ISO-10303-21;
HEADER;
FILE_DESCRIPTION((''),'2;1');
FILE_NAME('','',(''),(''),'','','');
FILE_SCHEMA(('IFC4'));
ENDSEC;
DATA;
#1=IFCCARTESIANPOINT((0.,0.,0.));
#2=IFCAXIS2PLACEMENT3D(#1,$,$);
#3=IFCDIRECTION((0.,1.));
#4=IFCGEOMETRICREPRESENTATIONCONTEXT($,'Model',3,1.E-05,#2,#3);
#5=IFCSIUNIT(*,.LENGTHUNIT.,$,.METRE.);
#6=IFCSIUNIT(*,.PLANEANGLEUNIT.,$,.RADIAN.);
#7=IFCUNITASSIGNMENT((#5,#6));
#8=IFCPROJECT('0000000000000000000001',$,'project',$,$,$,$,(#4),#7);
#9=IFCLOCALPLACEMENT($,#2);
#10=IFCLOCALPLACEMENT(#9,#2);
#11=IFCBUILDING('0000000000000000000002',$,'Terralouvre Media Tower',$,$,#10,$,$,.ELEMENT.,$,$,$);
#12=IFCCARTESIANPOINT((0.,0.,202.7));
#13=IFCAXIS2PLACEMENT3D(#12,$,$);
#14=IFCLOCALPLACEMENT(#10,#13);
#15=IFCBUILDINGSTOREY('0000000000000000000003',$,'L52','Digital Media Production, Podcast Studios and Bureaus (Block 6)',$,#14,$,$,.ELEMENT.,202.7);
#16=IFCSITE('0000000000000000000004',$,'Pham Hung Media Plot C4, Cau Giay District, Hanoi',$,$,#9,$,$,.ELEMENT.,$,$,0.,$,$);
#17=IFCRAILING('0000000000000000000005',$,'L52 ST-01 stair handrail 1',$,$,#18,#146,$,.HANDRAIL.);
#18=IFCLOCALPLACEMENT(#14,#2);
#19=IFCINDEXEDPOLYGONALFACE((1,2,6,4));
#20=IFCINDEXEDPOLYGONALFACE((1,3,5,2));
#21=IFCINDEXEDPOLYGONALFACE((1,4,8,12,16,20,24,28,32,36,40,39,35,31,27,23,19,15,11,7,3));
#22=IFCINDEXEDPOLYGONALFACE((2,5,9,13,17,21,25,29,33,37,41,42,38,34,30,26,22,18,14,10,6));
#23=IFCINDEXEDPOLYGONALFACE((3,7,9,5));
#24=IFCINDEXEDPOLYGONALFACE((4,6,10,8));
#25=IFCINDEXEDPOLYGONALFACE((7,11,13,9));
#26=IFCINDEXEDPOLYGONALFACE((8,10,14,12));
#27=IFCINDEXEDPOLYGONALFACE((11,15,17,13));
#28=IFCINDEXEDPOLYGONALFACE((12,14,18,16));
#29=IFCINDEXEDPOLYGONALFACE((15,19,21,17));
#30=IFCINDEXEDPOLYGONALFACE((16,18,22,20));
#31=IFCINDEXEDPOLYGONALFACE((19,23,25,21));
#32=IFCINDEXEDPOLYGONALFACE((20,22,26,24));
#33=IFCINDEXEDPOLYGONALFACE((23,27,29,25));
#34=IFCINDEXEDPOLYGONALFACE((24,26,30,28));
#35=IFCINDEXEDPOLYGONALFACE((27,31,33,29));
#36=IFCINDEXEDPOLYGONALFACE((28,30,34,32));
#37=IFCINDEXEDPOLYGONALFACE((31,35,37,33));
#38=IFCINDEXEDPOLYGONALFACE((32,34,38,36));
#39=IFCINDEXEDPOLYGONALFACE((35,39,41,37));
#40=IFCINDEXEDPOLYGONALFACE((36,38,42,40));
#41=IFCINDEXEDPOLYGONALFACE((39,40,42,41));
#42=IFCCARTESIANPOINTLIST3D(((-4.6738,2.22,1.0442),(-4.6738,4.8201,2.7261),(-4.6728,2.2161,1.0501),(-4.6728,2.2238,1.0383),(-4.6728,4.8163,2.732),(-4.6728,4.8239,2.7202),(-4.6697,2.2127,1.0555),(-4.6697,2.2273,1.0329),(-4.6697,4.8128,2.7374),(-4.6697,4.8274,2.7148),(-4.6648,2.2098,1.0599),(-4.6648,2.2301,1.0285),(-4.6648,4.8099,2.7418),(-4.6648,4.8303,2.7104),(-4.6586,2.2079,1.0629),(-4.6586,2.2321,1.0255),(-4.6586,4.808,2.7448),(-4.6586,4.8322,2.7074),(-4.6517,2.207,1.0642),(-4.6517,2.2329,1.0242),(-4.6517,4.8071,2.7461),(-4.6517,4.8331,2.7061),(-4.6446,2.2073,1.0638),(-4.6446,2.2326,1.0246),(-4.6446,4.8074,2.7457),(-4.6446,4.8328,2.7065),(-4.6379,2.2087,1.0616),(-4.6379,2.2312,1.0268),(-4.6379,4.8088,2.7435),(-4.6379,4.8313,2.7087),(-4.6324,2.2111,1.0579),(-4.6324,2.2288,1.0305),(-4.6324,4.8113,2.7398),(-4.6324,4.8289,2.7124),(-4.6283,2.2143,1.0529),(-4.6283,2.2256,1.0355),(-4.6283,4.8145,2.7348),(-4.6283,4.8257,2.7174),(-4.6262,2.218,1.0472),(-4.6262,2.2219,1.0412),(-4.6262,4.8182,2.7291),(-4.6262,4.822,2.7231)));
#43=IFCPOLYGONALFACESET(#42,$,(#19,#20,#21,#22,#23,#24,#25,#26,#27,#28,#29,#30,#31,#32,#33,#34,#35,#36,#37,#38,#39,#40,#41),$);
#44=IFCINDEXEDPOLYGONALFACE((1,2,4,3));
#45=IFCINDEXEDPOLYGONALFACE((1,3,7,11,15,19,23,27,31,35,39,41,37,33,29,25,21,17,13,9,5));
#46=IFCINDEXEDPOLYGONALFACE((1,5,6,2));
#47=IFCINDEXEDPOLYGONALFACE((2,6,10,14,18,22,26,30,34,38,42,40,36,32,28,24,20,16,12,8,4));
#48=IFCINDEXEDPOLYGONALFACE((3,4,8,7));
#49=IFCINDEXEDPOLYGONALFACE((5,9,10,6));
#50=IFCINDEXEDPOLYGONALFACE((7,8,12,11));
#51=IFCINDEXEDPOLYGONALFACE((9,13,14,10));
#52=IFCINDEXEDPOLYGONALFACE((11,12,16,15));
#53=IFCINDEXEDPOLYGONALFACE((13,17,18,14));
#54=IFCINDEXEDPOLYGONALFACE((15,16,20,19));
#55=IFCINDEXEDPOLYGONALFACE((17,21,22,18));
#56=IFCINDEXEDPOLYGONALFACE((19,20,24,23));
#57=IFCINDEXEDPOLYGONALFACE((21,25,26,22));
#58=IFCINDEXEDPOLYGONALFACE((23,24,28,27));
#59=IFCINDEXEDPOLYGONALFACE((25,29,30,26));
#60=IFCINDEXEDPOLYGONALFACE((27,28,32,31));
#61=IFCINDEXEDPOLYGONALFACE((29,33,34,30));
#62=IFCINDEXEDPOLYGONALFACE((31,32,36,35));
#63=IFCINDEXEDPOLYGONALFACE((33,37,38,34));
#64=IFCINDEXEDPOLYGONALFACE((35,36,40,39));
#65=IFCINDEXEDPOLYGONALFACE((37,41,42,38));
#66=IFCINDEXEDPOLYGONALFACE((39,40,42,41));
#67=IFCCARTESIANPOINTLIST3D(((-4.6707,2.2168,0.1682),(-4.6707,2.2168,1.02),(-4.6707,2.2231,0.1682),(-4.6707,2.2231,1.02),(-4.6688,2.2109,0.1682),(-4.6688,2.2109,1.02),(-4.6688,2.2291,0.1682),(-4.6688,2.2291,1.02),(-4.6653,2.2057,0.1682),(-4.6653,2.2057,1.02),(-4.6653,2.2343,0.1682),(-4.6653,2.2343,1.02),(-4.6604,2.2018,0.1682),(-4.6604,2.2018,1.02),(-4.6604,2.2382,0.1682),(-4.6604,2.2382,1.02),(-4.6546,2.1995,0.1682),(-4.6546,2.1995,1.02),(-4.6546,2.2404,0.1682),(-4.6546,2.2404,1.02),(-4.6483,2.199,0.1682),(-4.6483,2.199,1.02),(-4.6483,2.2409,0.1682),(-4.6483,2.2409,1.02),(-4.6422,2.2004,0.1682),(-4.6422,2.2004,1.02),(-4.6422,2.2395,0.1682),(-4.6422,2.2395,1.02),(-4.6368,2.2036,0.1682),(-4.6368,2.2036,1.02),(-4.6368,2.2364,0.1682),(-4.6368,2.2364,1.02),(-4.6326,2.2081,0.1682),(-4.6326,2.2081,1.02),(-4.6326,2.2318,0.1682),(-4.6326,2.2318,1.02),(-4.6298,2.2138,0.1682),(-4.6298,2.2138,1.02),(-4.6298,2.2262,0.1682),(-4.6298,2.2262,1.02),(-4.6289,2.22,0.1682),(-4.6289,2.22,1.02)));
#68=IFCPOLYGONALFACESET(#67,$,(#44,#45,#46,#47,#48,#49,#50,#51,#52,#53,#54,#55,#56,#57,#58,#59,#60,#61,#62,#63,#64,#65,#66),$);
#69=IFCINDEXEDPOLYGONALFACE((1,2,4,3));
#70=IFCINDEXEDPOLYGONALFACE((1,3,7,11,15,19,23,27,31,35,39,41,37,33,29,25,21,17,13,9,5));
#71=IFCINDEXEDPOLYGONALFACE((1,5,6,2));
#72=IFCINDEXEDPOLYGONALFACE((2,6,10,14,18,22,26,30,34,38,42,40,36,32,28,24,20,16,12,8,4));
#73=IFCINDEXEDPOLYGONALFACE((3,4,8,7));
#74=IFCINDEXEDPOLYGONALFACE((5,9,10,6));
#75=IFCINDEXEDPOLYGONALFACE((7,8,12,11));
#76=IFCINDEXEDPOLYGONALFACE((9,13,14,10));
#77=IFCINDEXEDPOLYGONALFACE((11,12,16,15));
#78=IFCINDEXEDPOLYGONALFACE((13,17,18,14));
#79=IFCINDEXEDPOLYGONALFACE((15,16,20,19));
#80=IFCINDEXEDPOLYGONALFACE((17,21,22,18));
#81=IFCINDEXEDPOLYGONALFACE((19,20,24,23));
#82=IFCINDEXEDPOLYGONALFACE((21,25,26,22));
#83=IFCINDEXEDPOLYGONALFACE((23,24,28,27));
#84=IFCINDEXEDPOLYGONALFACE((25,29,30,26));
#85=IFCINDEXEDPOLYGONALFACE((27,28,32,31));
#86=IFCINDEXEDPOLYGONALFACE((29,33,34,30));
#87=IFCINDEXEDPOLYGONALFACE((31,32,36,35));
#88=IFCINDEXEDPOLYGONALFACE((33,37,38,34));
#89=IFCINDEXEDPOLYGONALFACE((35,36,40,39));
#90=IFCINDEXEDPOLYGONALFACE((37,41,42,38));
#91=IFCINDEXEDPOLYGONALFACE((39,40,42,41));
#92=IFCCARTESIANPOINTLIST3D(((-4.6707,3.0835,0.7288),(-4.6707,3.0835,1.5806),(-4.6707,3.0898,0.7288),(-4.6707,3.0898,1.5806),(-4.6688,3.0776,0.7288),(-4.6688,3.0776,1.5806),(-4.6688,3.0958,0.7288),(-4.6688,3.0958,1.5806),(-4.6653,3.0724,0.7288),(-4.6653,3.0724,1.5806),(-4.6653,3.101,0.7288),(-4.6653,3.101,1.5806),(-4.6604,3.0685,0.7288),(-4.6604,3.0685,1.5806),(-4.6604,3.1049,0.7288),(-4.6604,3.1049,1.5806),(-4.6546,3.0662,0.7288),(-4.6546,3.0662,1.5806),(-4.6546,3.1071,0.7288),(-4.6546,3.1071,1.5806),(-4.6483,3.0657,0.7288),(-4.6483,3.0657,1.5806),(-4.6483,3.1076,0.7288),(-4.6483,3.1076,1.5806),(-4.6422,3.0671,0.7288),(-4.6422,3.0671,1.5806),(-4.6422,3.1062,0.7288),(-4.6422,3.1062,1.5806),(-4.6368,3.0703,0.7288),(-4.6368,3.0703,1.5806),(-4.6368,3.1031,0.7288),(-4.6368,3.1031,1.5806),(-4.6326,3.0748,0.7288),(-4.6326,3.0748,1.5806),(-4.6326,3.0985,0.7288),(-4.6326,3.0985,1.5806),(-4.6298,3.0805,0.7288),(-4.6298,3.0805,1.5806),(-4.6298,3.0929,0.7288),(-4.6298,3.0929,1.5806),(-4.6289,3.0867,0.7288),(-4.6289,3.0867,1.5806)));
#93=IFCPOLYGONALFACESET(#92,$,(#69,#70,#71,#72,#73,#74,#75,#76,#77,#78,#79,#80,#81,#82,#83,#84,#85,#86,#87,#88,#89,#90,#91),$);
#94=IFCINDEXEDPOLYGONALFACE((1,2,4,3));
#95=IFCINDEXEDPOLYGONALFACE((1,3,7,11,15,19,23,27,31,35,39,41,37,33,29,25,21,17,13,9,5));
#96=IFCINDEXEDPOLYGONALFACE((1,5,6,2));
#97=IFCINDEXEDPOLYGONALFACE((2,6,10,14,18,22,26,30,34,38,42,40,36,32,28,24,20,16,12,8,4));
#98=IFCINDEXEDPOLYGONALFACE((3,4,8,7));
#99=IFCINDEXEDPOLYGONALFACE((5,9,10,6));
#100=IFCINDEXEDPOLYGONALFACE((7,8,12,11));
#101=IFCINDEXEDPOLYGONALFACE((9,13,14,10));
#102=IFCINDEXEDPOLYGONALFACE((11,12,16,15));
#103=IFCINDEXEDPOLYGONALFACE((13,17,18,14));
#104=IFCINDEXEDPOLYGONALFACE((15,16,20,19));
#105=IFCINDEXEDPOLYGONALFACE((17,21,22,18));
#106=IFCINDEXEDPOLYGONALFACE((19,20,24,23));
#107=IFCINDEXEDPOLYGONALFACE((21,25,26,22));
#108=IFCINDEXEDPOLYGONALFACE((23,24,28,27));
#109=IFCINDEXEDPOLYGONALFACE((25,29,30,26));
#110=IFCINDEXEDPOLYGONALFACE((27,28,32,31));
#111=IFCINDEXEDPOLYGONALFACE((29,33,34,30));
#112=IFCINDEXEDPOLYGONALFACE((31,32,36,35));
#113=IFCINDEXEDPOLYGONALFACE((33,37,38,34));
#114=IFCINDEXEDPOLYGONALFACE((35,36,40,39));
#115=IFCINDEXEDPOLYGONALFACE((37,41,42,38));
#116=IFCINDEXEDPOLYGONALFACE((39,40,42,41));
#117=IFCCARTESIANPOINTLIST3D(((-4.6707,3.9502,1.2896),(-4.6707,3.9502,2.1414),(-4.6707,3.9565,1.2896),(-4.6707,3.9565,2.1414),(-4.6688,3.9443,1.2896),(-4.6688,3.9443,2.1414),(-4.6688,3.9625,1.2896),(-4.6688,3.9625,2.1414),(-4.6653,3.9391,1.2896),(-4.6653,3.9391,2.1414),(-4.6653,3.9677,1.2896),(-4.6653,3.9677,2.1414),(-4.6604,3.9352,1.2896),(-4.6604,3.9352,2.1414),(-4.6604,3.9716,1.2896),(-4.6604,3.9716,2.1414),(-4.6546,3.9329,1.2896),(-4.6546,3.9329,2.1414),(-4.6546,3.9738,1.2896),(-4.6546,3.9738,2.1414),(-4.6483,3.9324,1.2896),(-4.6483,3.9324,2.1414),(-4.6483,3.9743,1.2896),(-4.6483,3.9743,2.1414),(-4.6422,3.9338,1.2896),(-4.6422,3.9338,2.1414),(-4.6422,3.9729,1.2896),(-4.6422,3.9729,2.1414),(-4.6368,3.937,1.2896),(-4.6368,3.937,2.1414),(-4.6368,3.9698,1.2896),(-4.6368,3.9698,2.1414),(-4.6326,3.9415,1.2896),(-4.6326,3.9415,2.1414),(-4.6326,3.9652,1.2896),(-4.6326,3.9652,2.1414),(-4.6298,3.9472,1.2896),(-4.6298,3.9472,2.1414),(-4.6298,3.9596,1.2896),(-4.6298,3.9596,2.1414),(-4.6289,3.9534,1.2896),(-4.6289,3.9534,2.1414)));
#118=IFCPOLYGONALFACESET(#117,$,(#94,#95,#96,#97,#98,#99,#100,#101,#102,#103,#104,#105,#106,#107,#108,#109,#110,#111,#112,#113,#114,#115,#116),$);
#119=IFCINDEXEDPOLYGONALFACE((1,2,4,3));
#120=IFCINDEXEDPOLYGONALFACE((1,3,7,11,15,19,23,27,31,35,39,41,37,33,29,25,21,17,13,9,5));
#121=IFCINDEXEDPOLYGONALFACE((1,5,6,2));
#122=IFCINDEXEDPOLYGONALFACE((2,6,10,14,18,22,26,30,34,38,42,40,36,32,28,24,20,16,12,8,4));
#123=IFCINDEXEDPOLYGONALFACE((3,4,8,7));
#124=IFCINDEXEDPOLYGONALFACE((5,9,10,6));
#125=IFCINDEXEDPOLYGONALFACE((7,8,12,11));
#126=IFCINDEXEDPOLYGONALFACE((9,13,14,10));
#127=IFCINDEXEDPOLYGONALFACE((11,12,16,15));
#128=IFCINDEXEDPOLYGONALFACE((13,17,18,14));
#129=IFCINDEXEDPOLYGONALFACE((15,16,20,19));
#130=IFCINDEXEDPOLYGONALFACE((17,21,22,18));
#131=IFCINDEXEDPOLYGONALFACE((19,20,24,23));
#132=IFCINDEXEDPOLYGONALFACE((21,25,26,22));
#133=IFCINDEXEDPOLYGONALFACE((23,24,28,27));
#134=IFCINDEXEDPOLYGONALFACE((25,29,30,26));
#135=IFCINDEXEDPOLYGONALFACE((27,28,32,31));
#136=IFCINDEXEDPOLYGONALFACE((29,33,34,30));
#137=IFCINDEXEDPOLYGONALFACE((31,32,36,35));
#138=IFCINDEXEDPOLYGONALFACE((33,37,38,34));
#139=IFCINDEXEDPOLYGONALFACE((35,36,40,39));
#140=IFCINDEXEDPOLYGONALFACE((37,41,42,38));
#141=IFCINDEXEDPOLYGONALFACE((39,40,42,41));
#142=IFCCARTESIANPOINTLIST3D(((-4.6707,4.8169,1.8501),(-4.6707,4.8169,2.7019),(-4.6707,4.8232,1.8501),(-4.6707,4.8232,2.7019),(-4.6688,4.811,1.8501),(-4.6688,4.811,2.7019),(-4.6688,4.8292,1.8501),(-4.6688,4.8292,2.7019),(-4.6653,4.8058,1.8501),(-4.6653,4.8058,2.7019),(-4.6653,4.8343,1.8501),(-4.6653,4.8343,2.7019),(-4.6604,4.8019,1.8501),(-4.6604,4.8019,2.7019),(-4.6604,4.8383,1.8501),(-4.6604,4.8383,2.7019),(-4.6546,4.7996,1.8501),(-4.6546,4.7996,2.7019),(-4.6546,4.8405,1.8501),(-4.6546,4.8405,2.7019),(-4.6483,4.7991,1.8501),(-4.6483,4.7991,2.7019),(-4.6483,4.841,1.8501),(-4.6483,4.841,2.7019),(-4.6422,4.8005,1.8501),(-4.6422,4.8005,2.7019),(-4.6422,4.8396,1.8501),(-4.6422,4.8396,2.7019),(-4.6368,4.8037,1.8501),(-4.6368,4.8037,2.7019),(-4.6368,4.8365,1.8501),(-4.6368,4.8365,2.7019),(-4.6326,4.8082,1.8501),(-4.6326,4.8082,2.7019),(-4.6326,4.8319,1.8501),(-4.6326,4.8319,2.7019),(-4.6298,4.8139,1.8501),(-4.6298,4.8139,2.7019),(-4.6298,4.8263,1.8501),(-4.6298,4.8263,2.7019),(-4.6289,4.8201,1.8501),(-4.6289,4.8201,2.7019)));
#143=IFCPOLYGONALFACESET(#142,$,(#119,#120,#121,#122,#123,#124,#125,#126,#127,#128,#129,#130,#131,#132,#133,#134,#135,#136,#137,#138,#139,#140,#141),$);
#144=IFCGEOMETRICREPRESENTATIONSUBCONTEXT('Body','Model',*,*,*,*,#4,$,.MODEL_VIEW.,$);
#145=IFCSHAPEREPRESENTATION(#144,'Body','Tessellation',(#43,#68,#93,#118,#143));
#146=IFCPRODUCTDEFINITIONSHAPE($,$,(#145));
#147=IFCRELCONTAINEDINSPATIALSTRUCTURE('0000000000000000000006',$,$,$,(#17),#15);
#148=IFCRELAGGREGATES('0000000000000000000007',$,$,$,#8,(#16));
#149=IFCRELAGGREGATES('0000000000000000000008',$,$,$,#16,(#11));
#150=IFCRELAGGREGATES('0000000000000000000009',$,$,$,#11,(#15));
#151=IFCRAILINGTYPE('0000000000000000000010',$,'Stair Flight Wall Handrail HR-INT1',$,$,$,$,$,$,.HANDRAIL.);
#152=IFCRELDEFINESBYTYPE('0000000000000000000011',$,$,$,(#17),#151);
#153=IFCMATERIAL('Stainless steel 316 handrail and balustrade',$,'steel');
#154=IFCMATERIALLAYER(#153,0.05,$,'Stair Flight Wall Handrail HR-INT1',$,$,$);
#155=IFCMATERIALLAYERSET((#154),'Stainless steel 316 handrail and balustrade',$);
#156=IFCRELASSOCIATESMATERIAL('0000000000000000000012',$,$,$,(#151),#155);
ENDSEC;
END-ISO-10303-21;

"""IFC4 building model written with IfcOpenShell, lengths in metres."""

from ifc_helpers import new_model, si_unit, direction, frame, origin, origin_2d, place, context, subcontext, project, spatial, circle, extrude, material, layer, layer_set, type_object, element, save


model = new_model("IFC4")

# Units and contexts
model_context = context("Model", 3, precision=1e-05, world=origin(), true_north=direction((0.0, 1.0)))
body_context = subcontext(model_context, "Body", "Model", "MODEL_VIEW")
ifc_project = project(units=[si_unit("LENGTHUNIT", "METRE"), si_unit("PLANEANGLEUNIT", "RADIAN")], contexts=[model_context])

# Site, building, storey
site_placement = place(None, origin())
site = spatial("IfcSite", under=ifc_project, at=site_placement, Name="Pham Hung Media Plot C4, Cau Giay District, Hanoi", CompositionType="ELEMENT", RefElevation=0.0)
building_placement = place(site_placement, origin())
building = spatial("IfcBuilding", under=site, at=building_placement, Name="Terralouvre Media Tower", CompositionType="ELEMENT")
storey_placement = place(building_placement, frame((0.0, 0.0, 202.7)))
storey = spatial("IfcBuildingStorey", under=building, at=storey_placement, Name="L52", Description="Digital Media Production, Podcast Studios and Bureaus (Block 6)", CompositionType="ELEMENT", Elevation=202.7)

# Railing
ifc_material_1 = material(Name="Stainless steel 316 handrail and balustrade", Category="steel")
ifc_layer_1 = layer(ifc_material_1, 0.05, Name="Stair Flight Wall Handrail HR-INT1")
ifc_layer_set_1 = layer_set([ifc_layer_1], Name="Stainless steel 316 handrail and balustrade")
railing_type_1 = type_object("IfcRailingType", Name="Stair Flight Wall Handrail HR-INT1", PredefinedType="HANDRAIL", material=ifc_layer_set_1)
railing_1_placement = place(storey_placement, frame((-4.6499, 2.22, 0.1682)))
element("IfcRailing", 1, at=railing_1_placement, inside=storey, type_object=railing_type_1, Name="L52 ST-01 stair handrail 1", PredefinedType="HANDRAIL", context=body_context, shape_type="SweptSolid", body=[
    extrude(circle(Radius=0.0239, at=origin_2d()), frame((0.0, 0.0, 0.876), z_axis=(0.0, 0.839648, 0.54313), x_axis=(-1.0, 0.0, 0.0)), (0.0, 0.0, 1.0), 3.0967),
    extrude(circle(Radius=0.021, at=origin_2d()), origin(), (0.0, 0.0, 1.0), 0.8518),
    extrude(circle(Radius=0.021, at=origin_2d()), frame((0.0, 0.8667, 0.5605)), (0.0, 0.0, 1.0), 0.8518),
    extrude(circle(Radius=0.021, at=origin_2d()), frame((0.0, 1.7334, 1.1213)), (0.0, 0.0, 1.0), 0.8518),
    extrude(circle(Radius=0.021, at=origin_2d()), frame((0.0, 2.6001, 1.6819)), (0.0, 0.0, 1.0), 0.8518),
])

save(model, "model.ifc")
